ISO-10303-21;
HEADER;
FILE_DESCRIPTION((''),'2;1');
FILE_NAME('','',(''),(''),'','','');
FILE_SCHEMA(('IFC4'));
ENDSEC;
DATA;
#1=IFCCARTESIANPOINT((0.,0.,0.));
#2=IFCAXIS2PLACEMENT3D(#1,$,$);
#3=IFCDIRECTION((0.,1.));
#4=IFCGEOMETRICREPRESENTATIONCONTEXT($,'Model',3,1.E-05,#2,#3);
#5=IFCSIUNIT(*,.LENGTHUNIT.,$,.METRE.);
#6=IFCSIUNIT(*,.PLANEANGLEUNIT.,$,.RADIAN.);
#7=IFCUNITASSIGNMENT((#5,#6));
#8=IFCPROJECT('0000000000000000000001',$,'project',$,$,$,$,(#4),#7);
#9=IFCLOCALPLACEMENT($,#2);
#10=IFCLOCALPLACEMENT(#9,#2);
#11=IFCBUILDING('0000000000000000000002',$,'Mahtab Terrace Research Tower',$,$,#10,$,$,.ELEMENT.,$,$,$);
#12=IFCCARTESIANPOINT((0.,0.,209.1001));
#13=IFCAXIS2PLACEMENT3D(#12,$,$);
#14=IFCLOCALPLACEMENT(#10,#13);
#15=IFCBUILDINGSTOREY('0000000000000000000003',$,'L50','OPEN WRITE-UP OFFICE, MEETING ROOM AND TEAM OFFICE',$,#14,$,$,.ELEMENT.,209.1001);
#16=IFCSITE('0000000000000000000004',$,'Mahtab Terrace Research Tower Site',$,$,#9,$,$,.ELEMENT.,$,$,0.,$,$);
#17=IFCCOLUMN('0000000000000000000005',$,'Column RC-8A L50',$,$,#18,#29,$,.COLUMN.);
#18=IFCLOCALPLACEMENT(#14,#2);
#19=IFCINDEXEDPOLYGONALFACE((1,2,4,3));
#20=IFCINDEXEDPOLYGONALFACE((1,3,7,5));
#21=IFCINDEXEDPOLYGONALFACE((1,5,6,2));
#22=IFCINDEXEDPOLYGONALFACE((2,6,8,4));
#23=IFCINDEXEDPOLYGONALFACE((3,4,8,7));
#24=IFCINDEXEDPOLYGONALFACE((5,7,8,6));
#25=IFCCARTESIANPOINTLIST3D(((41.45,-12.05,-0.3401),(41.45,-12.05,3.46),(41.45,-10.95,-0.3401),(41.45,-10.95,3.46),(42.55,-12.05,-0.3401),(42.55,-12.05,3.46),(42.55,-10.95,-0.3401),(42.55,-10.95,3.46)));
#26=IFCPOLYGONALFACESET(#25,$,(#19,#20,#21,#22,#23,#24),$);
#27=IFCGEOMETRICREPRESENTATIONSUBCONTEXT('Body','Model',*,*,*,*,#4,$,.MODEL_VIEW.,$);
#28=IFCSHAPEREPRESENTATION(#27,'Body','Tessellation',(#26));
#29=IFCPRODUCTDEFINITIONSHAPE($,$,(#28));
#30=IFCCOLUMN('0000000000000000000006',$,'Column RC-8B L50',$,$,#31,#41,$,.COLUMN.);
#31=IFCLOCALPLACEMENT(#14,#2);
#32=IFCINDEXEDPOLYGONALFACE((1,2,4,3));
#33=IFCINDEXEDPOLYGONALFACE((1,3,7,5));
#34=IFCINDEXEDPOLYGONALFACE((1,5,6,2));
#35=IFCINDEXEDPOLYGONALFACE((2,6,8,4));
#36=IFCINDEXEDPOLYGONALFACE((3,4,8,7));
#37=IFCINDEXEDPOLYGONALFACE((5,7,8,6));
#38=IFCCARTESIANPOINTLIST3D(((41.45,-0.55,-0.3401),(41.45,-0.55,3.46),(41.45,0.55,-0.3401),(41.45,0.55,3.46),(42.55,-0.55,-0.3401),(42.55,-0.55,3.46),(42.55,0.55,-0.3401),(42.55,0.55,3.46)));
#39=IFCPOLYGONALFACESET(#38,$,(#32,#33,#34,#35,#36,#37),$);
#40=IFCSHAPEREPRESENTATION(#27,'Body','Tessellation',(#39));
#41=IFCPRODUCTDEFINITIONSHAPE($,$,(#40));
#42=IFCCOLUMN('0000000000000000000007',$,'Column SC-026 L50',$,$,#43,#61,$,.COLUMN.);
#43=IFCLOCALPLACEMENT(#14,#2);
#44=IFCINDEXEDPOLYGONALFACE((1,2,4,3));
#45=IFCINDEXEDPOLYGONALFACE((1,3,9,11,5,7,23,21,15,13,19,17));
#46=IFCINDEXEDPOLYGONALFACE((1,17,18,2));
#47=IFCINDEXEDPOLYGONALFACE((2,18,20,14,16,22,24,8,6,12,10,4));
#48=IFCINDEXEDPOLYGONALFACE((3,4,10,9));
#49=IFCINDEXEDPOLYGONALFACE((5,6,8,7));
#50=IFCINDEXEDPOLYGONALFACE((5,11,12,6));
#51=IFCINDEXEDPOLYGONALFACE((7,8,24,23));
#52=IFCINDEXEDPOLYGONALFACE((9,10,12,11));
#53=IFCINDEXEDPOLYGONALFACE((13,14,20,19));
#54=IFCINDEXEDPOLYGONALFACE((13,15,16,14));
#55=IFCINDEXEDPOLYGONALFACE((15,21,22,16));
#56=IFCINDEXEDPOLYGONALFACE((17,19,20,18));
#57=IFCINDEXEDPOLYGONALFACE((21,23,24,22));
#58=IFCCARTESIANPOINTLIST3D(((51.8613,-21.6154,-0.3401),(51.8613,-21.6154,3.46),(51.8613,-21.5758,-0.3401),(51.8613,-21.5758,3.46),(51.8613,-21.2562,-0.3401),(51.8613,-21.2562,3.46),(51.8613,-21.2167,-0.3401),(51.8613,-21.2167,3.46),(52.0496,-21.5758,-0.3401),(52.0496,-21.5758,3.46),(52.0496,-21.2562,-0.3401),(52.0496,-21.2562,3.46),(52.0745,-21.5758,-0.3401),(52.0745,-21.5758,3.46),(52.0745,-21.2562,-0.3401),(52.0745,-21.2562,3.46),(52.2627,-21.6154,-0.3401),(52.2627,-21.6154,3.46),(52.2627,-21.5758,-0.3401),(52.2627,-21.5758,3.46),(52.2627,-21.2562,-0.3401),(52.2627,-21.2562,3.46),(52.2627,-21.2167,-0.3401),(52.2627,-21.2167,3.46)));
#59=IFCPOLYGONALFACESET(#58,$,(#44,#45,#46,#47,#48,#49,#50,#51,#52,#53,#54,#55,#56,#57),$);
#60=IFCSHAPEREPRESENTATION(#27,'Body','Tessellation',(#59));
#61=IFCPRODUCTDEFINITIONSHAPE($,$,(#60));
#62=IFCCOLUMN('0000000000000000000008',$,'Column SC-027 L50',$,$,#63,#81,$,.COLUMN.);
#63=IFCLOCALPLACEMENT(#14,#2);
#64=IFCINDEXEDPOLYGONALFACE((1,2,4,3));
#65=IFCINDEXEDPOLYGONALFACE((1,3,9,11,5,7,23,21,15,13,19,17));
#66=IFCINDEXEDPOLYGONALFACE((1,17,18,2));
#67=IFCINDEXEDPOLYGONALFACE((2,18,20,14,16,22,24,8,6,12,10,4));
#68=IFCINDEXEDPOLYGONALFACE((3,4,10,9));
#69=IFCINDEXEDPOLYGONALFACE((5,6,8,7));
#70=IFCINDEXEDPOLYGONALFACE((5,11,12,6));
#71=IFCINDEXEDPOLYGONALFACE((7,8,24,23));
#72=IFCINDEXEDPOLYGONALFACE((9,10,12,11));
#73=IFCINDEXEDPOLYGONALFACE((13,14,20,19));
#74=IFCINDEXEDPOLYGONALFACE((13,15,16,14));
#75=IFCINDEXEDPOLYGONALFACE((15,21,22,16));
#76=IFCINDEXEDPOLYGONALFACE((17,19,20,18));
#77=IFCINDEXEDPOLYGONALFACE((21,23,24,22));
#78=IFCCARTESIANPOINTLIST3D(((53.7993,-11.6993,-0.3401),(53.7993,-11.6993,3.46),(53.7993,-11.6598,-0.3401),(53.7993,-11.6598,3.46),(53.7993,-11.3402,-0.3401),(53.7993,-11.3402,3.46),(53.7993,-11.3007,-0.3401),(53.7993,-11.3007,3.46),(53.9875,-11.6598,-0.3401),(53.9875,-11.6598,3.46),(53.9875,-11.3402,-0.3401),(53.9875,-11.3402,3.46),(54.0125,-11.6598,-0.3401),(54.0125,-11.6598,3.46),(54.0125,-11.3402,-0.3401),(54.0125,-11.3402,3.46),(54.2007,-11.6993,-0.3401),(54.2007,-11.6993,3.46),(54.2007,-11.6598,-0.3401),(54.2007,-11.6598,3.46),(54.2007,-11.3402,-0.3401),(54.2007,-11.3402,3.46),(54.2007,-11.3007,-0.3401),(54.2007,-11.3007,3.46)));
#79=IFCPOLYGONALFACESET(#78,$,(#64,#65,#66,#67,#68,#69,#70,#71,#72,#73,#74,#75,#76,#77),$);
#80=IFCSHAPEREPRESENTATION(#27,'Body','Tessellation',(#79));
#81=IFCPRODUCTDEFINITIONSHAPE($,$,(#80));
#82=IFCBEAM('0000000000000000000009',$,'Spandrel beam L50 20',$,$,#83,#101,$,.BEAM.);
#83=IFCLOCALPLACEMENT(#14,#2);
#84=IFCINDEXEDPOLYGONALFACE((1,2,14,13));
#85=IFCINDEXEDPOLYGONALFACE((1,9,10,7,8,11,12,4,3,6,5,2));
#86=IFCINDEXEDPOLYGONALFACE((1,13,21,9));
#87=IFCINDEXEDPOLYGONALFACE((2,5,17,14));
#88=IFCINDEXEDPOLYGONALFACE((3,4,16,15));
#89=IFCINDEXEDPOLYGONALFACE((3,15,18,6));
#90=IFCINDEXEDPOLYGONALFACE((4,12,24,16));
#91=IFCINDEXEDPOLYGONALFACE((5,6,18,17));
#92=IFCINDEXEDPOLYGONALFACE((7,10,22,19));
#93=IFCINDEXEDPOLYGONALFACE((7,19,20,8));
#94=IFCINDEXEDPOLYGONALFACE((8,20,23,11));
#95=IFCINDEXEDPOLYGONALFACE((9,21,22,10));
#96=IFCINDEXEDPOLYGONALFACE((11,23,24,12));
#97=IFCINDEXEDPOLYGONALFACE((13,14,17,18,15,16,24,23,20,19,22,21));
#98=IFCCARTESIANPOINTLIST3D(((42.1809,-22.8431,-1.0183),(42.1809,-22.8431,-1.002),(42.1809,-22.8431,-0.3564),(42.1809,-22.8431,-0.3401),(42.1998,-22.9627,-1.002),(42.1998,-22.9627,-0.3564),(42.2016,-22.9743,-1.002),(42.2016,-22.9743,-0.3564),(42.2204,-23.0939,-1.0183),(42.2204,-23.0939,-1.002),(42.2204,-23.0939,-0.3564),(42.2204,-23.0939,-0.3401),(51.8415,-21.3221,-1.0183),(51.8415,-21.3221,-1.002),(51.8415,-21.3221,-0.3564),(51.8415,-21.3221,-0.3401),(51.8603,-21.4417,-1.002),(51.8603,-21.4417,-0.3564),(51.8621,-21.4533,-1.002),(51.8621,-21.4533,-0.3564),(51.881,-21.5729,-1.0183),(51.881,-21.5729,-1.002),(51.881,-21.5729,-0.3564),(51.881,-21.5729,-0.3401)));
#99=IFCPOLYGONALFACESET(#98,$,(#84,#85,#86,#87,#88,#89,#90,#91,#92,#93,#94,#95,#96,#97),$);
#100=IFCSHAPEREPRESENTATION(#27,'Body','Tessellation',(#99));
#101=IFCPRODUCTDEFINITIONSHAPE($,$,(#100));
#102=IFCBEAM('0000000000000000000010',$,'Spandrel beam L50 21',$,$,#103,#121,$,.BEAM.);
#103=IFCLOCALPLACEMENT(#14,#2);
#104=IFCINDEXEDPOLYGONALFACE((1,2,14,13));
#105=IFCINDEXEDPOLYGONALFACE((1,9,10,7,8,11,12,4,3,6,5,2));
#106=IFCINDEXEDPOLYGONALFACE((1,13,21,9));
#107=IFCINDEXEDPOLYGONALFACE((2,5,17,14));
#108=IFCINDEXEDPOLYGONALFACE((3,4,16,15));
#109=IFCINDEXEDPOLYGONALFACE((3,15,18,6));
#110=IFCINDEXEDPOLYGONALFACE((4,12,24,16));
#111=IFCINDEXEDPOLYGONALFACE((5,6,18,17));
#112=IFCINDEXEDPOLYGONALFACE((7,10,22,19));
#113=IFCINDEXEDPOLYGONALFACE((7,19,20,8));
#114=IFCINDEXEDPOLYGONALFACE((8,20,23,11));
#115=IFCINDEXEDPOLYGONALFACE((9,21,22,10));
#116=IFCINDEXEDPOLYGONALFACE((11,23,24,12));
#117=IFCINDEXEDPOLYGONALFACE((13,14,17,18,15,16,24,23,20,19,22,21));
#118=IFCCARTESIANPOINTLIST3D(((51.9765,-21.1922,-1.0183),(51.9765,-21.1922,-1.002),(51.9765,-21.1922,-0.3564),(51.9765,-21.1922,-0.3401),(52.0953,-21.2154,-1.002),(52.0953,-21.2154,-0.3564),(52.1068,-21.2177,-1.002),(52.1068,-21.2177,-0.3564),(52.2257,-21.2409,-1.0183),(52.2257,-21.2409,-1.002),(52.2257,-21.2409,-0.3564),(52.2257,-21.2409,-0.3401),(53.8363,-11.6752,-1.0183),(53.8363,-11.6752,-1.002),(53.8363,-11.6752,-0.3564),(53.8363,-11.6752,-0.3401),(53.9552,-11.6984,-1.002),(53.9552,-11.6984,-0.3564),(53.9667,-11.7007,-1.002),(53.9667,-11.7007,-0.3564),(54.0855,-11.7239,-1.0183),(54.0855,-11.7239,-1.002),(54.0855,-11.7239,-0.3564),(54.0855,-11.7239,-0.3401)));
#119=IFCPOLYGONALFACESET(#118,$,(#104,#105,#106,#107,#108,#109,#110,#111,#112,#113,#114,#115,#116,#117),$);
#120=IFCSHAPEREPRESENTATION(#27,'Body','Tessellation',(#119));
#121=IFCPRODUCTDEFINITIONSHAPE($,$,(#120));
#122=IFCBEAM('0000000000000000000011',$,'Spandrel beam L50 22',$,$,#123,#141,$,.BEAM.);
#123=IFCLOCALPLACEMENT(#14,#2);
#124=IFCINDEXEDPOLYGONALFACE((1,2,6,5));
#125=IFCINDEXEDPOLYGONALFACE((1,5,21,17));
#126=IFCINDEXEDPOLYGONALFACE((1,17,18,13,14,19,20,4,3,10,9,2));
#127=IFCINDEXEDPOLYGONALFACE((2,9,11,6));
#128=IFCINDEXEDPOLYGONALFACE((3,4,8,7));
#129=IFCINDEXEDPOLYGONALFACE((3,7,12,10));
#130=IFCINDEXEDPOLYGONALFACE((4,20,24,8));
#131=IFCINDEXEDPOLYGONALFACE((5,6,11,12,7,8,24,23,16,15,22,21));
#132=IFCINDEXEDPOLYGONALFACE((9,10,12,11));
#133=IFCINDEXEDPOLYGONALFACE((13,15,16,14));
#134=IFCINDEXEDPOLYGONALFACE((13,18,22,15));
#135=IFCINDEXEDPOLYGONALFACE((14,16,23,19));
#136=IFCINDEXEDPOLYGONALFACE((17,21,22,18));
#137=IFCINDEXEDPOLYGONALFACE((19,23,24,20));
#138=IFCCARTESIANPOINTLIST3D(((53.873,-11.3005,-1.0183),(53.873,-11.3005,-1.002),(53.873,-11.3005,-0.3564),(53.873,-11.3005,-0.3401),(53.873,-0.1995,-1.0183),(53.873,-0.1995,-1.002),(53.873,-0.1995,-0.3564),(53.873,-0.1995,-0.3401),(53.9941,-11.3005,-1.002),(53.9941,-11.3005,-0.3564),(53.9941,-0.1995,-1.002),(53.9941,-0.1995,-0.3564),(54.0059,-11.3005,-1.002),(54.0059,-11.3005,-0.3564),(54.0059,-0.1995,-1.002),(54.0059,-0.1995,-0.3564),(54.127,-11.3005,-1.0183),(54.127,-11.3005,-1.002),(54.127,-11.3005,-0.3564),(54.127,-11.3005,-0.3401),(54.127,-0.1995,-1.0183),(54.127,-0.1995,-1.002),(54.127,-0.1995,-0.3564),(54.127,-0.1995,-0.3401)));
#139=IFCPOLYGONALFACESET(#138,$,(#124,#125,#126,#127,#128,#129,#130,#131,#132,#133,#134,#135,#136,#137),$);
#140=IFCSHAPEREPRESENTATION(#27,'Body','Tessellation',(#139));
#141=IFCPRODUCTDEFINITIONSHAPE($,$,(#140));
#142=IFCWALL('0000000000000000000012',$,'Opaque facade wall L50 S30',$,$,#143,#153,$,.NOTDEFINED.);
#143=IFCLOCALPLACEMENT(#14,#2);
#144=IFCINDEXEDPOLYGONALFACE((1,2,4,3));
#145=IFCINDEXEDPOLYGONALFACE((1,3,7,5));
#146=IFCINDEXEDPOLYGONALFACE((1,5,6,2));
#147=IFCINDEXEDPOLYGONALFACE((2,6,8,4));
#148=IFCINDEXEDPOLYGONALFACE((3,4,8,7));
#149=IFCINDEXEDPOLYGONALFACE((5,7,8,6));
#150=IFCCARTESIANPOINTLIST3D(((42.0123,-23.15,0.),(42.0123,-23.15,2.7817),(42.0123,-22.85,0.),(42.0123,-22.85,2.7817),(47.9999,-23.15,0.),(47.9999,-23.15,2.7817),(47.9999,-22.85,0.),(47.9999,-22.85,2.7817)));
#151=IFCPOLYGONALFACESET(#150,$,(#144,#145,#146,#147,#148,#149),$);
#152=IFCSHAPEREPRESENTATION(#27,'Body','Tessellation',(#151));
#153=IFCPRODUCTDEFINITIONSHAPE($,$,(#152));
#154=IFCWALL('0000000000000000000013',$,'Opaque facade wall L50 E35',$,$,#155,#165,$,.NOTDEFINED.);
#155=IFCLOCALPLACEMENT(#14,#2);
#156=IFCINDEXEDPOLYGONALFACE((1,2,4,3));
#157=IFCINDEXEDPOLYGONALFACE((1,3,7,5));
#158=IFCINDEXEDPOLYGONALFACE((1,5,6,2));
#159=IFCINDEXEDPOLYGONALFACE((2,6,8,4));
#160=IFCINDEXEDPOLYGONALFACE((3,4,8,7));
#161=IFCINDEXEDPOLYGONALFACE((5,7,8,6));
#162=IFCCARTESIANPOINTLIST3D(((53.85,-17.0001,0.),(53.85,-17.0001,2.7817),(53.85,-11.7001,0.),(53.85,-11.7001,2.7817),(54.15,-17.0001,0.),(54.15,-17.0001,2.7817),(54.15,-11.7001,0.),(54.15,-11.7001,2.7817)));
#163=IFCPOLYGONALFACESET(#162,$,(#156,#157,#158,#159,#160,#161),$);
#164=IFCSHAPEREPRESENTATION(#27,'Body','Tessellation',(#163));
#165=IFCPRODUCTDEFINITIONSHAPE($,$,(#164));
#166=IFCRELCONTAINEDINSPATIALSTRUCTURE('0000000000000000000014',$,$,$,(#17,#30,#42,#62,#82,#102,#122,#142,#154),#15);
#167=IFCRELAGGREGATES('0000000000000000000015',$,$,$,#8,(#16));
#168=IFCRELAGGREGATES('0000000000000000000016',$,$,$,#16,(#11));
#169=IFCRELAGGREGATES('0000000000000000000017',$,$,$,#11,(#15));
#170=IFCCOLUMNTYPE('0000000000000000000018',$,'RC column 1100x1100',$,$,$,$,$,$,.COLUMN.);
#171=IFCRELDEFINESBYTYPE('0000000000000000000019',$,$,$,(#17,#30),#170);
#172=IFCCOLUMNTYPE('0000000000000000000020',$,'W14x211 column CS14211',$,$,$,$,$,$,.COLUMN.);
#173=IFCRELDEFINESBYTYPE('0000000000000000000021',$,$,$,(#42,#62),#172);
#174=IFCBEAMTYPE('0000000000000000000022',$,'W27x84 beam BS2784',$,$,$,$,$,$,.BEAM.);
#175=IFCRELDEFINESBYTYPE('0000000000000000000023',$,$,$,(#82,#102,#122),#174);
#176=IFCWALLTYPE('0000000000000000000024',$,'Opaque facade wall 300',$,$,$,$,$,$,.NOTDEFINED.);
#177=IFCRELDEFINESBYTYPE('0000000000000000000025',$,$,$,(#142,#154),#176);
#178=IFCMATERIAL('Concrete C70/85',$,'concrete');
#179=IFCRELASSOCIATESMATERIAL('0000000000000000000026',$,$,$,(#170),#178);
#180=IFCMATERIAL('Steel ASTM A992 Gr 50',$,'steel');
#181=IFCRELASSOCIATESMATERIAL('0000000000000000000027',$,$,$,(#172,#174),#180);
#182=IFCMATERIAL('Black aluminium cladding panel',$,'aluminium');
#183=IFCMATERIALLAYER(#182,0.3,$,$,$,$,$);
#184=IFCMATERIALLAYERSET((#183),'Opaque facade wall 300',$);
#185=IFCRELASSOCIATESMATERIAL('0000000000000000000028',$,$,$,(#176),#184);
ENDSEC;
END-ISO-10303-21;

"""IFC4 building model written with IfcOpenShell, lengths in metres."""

from ifc_helpers import new_model, si_unit, direction, frame, frame_2d, origin, origin_2d, place, context, subcontext, project, spatial, rectangle, i_section, extrude, material, layer, layer_set, material_profile, profile_set, type_object, element, save


model = new_model("IFC4")

# Units and contexts
model_context = context("Model", 3, precision=1e-05, world=origin(), true_north=direction((0.0, 1.0)))
body_context = subcontext(model_context, "Body", "Model", "MODEL_VIEW")
ifc_project = project(units=[si_unit("LENGTHUNIT", "METRE"), si_unit("PLANEANGLEUNIT", "RADIAN")], contexts=[model_context])

# Site, building, storey
site_placement = place(None, origin())
site = spatial("IfcSite", under=ifc_project, at=site_placement, Name="Mahtab Terrace Research Tower Site", CompositionType="ELEMENT", RefElevation=0.0)
building_placement = place(site_placement, origin())
building = spatial("IfcBuilding", under=site, at=building_placement, Name="Mahtab Terrace Research Tower", CompositionType="ELEMENT")
storey_placement = place(building_placement, frame((0.0, 0.0, 209.1001)))
storey = spatial("IfcBuildingStorey", under=building, at=storey_placement, Name="L50", Description="OPEN WRITE-UP OFFICE, MEETING ROOM AND TEAM OFFICE", CompositionType="ELEMENT", Elevation=209.1001)

# Columns
ifc_material_1 = material(Name="Concrete C70/85", Category="concrete")
ifc_material_profile_1 = material_profile(ifc_material_1, rectangle(XDim=1.1001, YDim=1.1001, at=origin_2d()), Name="RC column 1100x1100")
ifc_profile_set_1 = profile_set([ifc_material_profile_1], Name="Concrete C70/85")
column_type_1 = type_object("IfcColumnType", Name="RC column 1100x1100", PredefinedType="COLUMN", material=ifc_profile_set_1)
for number, where, z_axis, x_axis, name in (
    (1, (42.0, -11.5, -0.3401), (0.0, 0.0, 1.0), (1.0, 0.0, 0.0), "Column RC-8A L50"),
    (2, (42.0, 0.0, -0.3401), (0.0, 0.0, 1.0), (1.0, 0.0, 0.0), "Column RC-8B L50"),
):
    element("IfcColumn", number, at=place(storey_placement, frame(where, z_axis=z_axis, x_axis=x_axis)), inside=storey, type_object=column_type_1, Name=name, PredefinedType="COLUMN", context=body_context, shape_type="SweptSolid", body=[
        extrude(rectangle(XDim=1.1001, YDim=1.1001, at=origin_2d()), origin(), (0.0, 0.0, 1.0), 3.8),
    ])
ifc_material_2 = material(Name="Steel ASTM A992 Gr 50", Category="steel")
ifc_material_profile_2 = material_profile(ifc_material_2, i_section(OverallWidth=0.4014, OverallDepth=0.3987, WebThickness=0.0249, FlangeThickness=0.0396, at=origin_2d()), Name="W14X211")
ifc_profile_set_2 = profile_set([ifc_material_profile_2], Name="Steel ASTM A992 Gr 50")
column_type_2 = type_object("IfcColumnType", Name="W14x211 column CS14211", PredefinedType="COLUMN", material=ifc_profile_set_2)
for number, where, z_axis, x_axis, name in (
    (3, (52.062, -21.416, -0.3401), (0.0, 0.0, 1.0), (1.0, 0.0, 0.0), "Column SC-026 L50"),
    (4, (54.0, -11.5, -0.3401), (0.0, 0.0, 1.0), (1.0, 0.0, 0.0), "Column SC-027 L50"),
):
    element("IfcColumn", number, at=place(storey_placement, frame(where, z_axis=z_axis, x_axis=x_axis)), inside=storey, type_object=column_type_2, Name=name, PredefinedType="COLUMN", context=body_context, shape_type="SweptSolid", body=[
        extrude(i_section(OverallWidth=0.4014, OverallDepth=0.3987, WebThickness=0.0249, FlangeThickness=0.0396, at=origin_2d()), origin(), (0.0, 0.0, 1.0), 3.8),
    ])

# Beams
ifc_material_profile_3 = material_profile(ifc_material_2, i_section(OverallWidth=0.2539, OverallDepth=0.6782, WebThickness=0.0117, FlangeThickness=0.0164, at=origin_2d()), Name="W27X84")
ifc_profile_set_3 = profile_set([ifc_material_profile_3], Name="Steel ASTM A992 Gr 50")
beam_type = type_object("IfcBeamType", Name="W27x84 beam BS2784", PredefinedType="BEAM", material=ifc_profile_set_3)
beam_1_placement = place(storey_placement, frame((42.2007, -22.9685, -0.6792), z_axis=(0.987832, 0.155527, 0.0), x_axis=(-0.155527, 0.987832, 0.0)))
element("IfcBeam", 5, at=beam_1_placement, inside=storey, type_object=beam_type, Name="Spandrel beam L50 20", PredefinedType="BEAM", context=body_context, shape_type="SweptSolid", body=[
    extrude(i_section(OverallWidth=0.2539, OverallDepth=0.6782, WebThickness=0.0117, FlangeThickness=0.0164, at=origin_2d()), origin(), (0.0, 0.0, 1.0), 9.7795),
])
beam_2_placement = place(storey_placement, frame((52.1011, -21.2166, -0.6792), z_axis=(0.191795, 0.981435, 0.0), x_axis=(-0.981435, 0.191795, 0.0)))
element("IfcBeam", 6, at=beam_2_placement, inside=storey, type_object=beam_type, Name="Spandrel beam L50 21", PredefinedType="BEAM", context=body_context, shape_type="SweptSolid", body=[
    extrude(i_section(OverallWidth=0.2539, OverallDepth=0.6782, WebThickness=0.0117, FlangeThickness=0.0164, at=origin_2d()), origin(), (0.0, 0.0, 1.0), 9.697),
])
beam_3_placement = place(storey_placement, frame((54.0, -11.3005, -0.6792), z_axis=(0.0, 1.0, 0.0), x_axis=(-1.0, 0.0, 0.0)))
element("IfcBeam", 7, at=beam_3_placement, inside=storey, type_object=beam_type, Name="Spandrel beam L50 22", PredefinedType="BEAM", context=body_context, shape_type="SweptSolid", body=[
    extrude(i_section(OverallWidth=0.2539, OverallDepth=0.6782, WebThickness=0.0117, FlangeThickness=0.0164, at=origin_2d()), origin(), (0.0, 0.0, 1.0), 11.1011),
])

# Walls
ifc_material_3 = material(Name="Black aluminium cladding panel", Category="aluminium")
ifc_layer_1 = layer(ifc_material_3, 0.3)
ifc_layer_set_1 = layer_set([ifc_layer_1], Name="Opaque facade wall 300")
wall_type_1 = type_object("IfcWallType", Name="Opaque facade wall 300", PredefinedType="NOTDEFINED", material=ifc_layer_set_1)
wall_1_placement = place(storey_placement, frame((42.0125, -23.0, 0.0), z_axis=(0.0, 0.0, 1.0), x_axis=(1.0, 0.0, 0.0)))
element("IfcWall", 8, at=wall_1_placement, inside=storey, type_object=wall_type_1, Name="Opaque facade wall L50 S30", PredefinedType="NOTDEFINED", context=body_context, shape_type="SweptSolid", body=[
    extrude(rectangle(XDim=5.9875, YDim=0.3, at=frame_2d((2.9937, 0.0))), origin(), (0.0, 0.0, 1.0), 2.7817),
])
wall_2_placement = place(storey_placement, frame((54.0, -17.0, 0.0), z_axis=(0.0, 0.0, 1.0), x_axis=(0.0, 1.0, 0.0)))
element("IfcWall", 9, at=wall_2_placement, inside=storey, type_object=wall_type_1, Name="Opaque facade wall L50 E35", PredefinedType="NOTDEFINED", context=body_context, shape_type="SweptSolid", body=[
    extrude(rectangle(XDim=5.3, YDim=0.3, at=frame_2d((2.6499, 0.0))), origin(), (0.0, 0.0, 1.0), 2.7817),
])

save(model, "model.ifc")
